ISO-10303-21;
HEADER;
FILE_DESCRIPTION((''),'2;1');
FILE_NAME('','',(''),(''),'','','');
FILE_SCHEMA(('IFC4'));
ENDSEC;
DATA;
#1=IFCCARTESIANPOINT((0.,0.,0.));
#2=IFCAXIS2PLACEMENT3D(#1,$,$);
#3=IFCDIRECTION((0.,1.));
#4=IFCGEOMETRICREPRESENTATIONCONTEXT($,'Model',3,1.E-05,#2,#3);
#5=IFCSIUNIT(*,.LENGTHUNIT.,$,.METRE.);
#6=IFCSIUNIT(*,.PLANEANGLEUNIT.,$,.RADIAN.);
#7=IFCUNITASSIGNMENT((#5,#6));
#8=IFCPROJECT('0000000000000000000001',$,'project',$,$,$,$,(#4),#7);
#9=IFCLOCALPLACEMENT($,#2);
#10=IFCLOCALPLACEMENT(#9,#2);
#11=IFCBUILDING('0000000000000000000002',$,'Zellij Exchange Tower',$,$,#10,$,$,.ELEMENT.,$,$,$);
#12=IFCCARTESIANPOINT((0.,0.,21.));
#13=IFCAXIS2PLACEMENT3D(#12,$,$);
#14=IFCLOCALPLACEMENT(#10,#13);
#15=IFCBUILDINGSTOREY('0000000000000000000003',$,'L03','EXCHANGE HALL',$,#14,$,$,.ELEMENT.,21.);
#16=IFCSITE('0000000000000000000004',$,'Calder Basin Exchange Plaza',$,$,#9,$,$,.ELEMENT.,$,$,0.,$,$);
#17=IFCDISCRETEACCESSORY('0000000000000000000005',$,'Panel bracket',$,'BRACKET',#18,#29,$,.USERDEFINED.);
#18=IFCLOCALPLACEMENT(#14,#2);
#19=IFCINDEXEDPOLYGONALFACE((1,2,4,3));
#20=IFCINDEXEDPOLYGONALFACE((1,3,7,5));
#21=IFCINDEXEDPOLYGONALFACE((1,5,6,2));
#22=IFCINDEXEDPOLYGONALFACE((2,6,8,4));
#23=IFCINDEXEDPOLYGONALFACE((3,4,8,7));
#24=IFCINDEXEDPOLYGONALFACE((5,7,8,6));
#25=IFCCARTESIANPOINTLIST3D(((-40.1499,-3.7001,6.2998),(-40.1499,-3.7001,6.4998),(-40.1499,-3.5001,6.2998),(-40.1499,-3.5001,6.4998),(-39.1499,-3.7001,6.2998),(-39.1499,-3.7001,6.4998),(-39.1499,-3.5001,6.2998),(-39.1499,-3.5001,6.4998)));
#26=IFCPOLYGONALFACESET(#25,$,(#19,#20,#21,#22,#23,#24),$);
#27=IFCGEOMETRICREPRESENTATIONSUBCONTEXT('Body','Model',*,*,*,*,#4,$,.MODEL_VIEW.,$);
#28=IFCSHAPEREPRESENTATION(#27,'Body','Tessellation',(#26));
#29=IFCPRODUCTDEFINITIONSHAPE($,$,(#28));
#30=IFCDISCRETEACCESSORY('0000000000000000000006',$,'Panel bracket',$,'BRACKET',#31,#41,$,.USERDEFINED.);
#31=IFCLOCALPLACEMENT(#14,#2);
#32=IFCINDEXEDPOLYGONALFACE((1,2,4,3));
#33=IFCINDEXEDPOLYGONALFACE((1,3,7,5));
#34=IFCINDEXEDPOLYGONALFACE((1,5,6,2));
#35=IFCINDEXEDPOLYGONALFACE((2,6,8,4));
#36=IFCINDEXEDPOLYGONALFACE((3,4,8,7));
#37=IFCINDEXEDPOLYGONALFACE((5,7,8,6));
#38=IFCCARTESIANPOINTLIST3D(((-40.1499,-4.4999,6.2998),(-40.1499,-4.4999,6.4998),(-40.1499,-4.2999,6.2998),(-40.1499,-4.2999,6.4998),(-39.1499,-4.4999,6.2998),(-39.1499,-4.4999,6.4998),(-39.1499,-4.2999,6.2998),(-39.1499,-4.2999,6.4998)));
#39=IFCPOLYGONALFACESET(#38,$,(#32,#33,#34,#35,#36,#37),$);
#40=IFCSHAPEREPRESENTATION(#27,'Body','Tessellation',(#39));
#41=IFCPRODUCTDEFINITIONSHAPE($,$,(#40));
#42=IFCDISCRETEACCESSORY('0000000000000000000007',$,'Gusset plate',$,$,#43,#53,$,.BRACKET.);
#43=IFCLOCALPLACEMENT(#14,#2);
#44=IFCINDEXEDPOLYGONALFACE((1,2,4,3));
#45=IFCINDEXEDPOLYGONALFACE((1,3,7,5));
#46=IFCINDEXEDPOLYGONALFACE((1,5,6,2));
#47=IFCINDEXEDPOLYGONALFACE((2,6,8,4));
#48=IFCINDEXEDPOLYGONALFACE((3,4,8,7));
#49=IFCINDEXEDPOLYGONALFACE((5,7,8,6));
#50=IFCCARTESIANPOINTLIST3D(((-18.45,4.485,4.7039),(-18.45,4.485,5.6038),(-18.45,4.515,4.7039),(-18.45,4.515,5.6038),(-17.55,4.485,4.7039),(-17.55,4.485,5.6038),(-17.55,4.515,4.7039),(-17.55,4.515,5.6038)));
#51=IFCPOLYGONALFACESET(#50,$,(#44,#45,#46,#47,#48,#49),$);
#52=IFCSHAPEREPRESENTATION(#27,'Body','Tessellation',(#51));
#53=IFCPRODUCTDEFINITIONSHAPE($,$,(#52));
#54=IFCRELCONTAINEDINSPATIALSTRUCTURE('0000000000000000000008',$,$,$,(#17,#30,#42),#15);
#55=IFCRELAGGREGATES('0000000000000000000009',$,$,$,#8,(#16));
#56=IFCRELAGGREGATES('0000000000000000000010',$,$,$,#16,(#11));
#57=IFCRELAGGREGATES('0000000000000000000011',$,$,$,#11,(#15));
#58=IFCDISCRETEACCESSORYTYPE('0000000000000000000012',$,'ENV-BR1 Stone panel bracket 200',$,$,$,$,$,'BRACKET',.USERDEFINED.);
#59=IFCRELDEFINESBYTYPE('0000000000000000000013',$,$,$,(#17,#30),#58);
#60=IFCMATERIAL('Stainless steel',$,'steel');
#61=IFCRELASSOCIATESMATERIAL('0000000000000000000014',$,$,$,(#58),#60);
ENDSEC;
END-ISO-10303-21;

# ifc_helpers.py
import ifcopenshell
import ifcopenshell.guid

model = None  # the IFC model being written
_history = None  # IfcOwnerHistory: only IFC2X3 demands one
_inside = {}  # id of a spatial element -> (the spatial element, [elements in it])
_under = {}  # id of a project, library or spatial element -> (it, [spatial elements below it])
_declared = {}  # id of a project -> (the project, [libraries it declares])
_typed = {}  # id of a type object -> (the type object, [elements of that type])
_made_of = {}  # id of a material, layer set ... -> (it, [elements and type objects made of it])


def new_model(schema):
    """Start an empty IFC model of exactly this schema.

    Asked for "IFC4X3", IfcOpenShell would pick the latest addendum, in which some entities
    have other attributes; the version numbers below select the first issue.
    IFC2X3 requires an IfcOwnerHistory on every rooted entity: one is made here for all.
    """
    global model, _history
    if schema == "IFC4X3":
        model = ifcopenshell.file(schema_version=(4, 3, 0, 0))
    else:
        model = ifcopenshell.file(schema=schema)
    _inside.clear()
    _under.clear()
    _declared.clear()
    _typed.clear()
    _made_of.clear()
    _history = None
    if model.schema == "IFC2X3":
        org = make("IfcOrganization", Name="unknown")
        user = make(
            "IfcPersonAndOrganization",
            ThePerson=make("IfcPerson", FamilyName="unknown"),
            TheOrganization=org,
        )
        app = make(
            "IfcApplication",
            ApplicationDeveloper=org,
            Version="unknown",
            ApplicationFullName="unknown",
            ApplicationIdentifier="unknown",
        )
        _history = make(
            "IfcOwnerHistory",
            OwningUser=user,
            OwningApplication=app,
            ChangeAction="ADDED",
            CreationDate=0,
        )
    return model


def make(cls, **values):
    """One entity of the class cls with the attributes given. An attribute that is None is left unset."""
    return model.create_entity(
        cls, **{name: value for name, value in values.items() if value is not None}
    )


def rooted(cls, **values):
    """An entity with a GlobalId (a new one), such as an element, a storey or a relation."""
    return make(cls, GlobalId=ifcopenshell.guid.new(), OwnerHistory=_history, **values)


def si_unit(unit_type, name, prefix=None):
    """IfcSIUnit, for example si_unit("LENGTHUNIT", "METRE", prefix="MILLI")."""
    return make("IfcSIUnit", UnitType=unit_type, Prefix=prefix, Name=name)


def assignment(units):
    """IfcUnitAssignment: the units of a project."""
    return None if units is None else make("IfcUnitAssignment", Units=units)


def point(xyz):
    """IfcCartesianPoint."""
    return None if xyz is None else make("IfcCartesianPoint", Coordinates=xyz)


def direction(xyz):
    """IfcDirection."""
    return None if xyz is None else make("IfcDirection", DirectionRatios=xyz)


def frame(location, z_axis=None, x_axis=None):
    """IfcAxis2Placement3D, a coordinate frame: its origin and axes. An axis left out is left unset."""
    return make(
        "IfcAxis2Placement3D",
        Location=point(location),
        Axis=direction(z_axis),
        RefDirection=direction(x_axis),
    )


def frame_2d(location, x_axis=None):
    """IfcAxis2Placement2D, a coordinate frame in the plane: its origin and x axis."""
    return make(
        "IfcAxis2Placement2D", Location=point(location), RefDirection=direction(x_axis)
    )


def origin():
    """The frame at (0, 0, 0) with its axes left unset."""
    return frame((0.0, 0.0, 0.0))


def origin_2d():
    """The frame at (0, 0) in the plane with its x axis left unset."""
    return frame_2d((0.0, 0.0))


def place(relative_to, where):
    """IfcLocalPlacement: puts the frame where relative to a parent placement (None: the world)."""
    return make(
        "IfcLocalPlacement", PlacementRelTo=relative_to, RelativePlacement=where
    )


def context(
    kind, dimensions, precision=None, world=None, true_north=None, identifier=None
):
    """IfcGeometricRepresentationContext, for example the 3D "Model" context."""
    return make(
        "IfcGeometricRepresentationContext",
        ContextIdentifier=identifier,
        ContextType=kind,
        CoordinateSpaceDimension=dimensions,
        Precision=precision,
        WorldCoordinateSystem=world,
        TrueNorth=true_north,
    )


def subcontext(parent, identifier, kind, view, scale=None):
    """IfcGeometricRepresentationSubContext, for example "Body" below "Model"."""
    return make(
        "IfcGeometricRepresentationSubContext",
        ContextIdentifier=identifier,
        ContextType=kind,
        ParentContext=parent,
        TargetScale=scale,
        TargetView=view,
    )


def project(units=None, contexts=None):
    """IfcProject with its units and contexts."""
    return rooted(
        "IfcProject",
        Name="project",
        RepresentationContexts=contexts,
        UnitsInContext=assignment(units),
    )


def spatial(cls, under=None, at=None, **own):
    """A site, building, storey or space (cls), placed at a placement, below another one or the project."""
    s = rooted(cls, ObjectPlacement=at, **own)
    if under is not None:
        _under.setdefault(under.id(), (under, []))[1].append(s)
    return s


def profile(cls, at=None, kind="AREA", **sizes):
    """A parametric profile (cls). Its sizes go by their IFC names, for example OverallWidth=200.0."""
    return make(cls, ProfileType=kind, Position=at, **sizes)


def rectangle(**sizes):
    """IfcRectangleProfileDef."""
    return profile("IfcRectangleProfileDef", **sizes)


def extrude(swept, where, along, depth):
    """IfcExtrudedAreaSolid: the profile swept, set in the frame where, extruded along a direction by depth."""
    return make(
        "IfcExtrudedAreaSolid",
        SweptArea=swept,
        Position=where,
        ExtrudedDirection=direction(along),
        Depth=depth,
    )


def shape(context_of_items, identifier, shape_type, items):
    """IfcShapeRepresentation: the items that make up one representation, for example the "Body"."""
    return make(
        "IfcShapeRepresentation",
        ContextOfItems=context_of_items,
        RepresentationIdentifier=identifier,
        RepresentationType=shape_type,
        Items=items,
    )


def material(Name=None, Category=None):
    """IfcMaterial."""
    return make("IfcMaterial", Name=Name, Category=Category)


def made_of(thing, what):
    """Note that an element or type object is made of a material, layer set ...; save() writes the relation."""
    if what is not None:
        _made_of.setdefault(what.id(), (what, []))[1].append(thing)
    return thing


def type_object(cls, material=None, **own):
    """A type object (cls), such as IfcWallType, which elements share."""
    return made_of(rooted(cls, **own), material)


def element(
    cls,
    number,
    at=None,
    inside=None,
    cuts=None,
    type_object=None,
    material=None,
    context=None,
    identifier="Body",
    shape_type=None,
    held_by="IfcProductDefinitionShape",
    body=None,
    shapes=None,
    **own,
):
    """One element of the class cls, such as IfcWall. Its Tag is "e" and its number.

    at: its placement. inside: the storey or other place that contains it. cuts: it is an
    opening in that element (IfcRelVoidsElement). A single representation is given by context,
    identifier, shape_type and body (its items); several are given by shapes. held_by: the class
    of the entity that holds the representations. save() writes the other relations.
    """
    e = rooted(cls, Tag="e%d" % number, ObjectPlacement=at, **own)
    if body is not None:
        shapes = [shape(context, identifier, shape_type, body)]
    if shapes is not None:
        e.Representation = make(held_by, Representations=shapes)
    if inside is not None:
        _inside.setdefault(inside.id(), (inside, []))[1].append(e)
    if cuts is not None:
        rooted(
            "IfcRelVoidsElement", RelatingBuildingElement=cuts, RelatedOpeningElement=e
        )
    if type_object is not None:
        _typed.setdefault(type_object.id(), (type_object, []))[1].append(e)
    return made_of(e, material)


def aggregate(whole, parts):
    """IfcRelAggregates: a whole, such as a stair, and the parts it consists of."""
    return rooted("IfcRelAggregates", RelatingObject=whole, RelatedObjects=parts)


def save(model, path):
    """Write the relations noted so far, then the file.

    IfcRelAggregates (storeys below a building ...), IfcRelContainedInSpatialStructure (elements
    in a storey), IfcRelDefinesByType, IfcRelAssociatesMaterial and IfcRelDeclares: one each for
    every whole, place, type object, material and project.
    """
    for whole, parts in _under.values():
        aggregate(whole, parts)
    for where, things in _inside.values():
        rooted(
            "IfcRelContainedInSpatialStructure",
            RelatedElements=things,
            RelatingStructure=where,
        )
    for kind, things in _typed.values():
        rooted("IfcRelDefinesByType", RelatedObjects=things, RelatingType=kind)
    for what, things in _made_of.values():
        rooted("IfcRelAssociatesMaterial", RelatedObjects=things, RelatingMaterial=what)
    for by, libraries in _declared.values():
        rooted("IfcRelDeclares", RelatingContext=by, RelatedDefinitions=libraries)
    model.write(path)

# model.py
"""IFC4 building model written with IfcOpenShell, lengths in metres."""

from ifc_helpers import new_model, si_unit, direction, frame, origin, origin_2d, place, context, subcontext, project, spatial, rectangle, extrude, material, type_object, element, save


model = new_model("IFC4")

# Units and contexts
model_context = context("Model", 3, precision=1e-05, world=origin(), true_north=direction((0.0, 1.0)))
body_context = subcontext(model_context, "Body", "Model", "MODEL_VIEW")
ifc_project = project(units=[si_unit("LENGTHUNIT", "METRE"), si_unit("PLANEANGLEUNIT", "RADIAN")], contexts=[model_context])

# Site, building, storey
site_placement = place(None, origin())
site = spatial("IfcSite", under=ifc_project, at=site_placement, Name="Calder Basin Exchange Plaza", CompositionType="ELEMENT", RefElevation=0.0)
building_placement = place(site_placement, origin())
building = spatial("IfcBuilding", under=site, at=building_placement, Name="Zellij Exchange Tower", CompositionType="ELEMENT")
storey_placement = place(building_placement, frame((0.0, 0.0, 21.0)))
storey = spatial("IfcBuildingStorey", under=building, at=storey_placement, Name="L03", Description="EXCHANGE HALL", CompositionType="ELEMENT", Elevation=21.0)

# Discrete accessories
ifc_material_1 = material(Name="Stainless steel", Category="steel")
discrete_accessory_type = type_object("IfcDiscreteAccessoryType", Name="ENV-BR1 Stone panel bracket 200", ElementType="BRACKET", PredefinedType="USERDEFINED", material=ifc_material_1)
for number, where, z_axis, x_axis, name in (
    (1, (-39.6499, -3.6001, 6.2998), (0.0, 0.0, 1.0), (0.0, -1.0, 0.0), "Panel bracket"),
    (2, (-39.6499, -4.3999, 6.2998), (0.0, 0.0, 1.0), (0.0, -1.0, 0.0), "Panel bracket"),
):
    element("IfcDiscreteAccessory", number, at=place(storey_placement, frame(where, z_axis=z_axis, x_axis=x_axis)), inside=storey, type_object=discrete_accessory_type, Name=name, ObjectType="BRACKET", PredefinedType="USERDEFINED", context=body_context, shape_type="SweptSolid", body=[
        extrude(rectangle(XDim=0.2, YDim=1.0, at=origin_2d()), origin(), (0.0, 0.0, 1.0), 0.2),
    ])
discrete_accessory_placement = place(storey_placement, frame((-18.0, 4.5, 4.7039), z_axis=(0.0, 0.0, 1.0), x_axis=(1.0, 0.0, 0.0)))
element("IfcDiscreteAccessory", 3, at=discrete_accessory_placement, inside=storey, Name="Gusset plate", PredefinedType="BRACKET", context=body_context, shape_type="SweptSolid", body=[
    extrude(rectangle(XDim=0.8999, YDim=0.03, at=origin_2d()), origin(), (0.0, 0.0, 1.0), 0.8999),
])

save(model, "model.ifc")
